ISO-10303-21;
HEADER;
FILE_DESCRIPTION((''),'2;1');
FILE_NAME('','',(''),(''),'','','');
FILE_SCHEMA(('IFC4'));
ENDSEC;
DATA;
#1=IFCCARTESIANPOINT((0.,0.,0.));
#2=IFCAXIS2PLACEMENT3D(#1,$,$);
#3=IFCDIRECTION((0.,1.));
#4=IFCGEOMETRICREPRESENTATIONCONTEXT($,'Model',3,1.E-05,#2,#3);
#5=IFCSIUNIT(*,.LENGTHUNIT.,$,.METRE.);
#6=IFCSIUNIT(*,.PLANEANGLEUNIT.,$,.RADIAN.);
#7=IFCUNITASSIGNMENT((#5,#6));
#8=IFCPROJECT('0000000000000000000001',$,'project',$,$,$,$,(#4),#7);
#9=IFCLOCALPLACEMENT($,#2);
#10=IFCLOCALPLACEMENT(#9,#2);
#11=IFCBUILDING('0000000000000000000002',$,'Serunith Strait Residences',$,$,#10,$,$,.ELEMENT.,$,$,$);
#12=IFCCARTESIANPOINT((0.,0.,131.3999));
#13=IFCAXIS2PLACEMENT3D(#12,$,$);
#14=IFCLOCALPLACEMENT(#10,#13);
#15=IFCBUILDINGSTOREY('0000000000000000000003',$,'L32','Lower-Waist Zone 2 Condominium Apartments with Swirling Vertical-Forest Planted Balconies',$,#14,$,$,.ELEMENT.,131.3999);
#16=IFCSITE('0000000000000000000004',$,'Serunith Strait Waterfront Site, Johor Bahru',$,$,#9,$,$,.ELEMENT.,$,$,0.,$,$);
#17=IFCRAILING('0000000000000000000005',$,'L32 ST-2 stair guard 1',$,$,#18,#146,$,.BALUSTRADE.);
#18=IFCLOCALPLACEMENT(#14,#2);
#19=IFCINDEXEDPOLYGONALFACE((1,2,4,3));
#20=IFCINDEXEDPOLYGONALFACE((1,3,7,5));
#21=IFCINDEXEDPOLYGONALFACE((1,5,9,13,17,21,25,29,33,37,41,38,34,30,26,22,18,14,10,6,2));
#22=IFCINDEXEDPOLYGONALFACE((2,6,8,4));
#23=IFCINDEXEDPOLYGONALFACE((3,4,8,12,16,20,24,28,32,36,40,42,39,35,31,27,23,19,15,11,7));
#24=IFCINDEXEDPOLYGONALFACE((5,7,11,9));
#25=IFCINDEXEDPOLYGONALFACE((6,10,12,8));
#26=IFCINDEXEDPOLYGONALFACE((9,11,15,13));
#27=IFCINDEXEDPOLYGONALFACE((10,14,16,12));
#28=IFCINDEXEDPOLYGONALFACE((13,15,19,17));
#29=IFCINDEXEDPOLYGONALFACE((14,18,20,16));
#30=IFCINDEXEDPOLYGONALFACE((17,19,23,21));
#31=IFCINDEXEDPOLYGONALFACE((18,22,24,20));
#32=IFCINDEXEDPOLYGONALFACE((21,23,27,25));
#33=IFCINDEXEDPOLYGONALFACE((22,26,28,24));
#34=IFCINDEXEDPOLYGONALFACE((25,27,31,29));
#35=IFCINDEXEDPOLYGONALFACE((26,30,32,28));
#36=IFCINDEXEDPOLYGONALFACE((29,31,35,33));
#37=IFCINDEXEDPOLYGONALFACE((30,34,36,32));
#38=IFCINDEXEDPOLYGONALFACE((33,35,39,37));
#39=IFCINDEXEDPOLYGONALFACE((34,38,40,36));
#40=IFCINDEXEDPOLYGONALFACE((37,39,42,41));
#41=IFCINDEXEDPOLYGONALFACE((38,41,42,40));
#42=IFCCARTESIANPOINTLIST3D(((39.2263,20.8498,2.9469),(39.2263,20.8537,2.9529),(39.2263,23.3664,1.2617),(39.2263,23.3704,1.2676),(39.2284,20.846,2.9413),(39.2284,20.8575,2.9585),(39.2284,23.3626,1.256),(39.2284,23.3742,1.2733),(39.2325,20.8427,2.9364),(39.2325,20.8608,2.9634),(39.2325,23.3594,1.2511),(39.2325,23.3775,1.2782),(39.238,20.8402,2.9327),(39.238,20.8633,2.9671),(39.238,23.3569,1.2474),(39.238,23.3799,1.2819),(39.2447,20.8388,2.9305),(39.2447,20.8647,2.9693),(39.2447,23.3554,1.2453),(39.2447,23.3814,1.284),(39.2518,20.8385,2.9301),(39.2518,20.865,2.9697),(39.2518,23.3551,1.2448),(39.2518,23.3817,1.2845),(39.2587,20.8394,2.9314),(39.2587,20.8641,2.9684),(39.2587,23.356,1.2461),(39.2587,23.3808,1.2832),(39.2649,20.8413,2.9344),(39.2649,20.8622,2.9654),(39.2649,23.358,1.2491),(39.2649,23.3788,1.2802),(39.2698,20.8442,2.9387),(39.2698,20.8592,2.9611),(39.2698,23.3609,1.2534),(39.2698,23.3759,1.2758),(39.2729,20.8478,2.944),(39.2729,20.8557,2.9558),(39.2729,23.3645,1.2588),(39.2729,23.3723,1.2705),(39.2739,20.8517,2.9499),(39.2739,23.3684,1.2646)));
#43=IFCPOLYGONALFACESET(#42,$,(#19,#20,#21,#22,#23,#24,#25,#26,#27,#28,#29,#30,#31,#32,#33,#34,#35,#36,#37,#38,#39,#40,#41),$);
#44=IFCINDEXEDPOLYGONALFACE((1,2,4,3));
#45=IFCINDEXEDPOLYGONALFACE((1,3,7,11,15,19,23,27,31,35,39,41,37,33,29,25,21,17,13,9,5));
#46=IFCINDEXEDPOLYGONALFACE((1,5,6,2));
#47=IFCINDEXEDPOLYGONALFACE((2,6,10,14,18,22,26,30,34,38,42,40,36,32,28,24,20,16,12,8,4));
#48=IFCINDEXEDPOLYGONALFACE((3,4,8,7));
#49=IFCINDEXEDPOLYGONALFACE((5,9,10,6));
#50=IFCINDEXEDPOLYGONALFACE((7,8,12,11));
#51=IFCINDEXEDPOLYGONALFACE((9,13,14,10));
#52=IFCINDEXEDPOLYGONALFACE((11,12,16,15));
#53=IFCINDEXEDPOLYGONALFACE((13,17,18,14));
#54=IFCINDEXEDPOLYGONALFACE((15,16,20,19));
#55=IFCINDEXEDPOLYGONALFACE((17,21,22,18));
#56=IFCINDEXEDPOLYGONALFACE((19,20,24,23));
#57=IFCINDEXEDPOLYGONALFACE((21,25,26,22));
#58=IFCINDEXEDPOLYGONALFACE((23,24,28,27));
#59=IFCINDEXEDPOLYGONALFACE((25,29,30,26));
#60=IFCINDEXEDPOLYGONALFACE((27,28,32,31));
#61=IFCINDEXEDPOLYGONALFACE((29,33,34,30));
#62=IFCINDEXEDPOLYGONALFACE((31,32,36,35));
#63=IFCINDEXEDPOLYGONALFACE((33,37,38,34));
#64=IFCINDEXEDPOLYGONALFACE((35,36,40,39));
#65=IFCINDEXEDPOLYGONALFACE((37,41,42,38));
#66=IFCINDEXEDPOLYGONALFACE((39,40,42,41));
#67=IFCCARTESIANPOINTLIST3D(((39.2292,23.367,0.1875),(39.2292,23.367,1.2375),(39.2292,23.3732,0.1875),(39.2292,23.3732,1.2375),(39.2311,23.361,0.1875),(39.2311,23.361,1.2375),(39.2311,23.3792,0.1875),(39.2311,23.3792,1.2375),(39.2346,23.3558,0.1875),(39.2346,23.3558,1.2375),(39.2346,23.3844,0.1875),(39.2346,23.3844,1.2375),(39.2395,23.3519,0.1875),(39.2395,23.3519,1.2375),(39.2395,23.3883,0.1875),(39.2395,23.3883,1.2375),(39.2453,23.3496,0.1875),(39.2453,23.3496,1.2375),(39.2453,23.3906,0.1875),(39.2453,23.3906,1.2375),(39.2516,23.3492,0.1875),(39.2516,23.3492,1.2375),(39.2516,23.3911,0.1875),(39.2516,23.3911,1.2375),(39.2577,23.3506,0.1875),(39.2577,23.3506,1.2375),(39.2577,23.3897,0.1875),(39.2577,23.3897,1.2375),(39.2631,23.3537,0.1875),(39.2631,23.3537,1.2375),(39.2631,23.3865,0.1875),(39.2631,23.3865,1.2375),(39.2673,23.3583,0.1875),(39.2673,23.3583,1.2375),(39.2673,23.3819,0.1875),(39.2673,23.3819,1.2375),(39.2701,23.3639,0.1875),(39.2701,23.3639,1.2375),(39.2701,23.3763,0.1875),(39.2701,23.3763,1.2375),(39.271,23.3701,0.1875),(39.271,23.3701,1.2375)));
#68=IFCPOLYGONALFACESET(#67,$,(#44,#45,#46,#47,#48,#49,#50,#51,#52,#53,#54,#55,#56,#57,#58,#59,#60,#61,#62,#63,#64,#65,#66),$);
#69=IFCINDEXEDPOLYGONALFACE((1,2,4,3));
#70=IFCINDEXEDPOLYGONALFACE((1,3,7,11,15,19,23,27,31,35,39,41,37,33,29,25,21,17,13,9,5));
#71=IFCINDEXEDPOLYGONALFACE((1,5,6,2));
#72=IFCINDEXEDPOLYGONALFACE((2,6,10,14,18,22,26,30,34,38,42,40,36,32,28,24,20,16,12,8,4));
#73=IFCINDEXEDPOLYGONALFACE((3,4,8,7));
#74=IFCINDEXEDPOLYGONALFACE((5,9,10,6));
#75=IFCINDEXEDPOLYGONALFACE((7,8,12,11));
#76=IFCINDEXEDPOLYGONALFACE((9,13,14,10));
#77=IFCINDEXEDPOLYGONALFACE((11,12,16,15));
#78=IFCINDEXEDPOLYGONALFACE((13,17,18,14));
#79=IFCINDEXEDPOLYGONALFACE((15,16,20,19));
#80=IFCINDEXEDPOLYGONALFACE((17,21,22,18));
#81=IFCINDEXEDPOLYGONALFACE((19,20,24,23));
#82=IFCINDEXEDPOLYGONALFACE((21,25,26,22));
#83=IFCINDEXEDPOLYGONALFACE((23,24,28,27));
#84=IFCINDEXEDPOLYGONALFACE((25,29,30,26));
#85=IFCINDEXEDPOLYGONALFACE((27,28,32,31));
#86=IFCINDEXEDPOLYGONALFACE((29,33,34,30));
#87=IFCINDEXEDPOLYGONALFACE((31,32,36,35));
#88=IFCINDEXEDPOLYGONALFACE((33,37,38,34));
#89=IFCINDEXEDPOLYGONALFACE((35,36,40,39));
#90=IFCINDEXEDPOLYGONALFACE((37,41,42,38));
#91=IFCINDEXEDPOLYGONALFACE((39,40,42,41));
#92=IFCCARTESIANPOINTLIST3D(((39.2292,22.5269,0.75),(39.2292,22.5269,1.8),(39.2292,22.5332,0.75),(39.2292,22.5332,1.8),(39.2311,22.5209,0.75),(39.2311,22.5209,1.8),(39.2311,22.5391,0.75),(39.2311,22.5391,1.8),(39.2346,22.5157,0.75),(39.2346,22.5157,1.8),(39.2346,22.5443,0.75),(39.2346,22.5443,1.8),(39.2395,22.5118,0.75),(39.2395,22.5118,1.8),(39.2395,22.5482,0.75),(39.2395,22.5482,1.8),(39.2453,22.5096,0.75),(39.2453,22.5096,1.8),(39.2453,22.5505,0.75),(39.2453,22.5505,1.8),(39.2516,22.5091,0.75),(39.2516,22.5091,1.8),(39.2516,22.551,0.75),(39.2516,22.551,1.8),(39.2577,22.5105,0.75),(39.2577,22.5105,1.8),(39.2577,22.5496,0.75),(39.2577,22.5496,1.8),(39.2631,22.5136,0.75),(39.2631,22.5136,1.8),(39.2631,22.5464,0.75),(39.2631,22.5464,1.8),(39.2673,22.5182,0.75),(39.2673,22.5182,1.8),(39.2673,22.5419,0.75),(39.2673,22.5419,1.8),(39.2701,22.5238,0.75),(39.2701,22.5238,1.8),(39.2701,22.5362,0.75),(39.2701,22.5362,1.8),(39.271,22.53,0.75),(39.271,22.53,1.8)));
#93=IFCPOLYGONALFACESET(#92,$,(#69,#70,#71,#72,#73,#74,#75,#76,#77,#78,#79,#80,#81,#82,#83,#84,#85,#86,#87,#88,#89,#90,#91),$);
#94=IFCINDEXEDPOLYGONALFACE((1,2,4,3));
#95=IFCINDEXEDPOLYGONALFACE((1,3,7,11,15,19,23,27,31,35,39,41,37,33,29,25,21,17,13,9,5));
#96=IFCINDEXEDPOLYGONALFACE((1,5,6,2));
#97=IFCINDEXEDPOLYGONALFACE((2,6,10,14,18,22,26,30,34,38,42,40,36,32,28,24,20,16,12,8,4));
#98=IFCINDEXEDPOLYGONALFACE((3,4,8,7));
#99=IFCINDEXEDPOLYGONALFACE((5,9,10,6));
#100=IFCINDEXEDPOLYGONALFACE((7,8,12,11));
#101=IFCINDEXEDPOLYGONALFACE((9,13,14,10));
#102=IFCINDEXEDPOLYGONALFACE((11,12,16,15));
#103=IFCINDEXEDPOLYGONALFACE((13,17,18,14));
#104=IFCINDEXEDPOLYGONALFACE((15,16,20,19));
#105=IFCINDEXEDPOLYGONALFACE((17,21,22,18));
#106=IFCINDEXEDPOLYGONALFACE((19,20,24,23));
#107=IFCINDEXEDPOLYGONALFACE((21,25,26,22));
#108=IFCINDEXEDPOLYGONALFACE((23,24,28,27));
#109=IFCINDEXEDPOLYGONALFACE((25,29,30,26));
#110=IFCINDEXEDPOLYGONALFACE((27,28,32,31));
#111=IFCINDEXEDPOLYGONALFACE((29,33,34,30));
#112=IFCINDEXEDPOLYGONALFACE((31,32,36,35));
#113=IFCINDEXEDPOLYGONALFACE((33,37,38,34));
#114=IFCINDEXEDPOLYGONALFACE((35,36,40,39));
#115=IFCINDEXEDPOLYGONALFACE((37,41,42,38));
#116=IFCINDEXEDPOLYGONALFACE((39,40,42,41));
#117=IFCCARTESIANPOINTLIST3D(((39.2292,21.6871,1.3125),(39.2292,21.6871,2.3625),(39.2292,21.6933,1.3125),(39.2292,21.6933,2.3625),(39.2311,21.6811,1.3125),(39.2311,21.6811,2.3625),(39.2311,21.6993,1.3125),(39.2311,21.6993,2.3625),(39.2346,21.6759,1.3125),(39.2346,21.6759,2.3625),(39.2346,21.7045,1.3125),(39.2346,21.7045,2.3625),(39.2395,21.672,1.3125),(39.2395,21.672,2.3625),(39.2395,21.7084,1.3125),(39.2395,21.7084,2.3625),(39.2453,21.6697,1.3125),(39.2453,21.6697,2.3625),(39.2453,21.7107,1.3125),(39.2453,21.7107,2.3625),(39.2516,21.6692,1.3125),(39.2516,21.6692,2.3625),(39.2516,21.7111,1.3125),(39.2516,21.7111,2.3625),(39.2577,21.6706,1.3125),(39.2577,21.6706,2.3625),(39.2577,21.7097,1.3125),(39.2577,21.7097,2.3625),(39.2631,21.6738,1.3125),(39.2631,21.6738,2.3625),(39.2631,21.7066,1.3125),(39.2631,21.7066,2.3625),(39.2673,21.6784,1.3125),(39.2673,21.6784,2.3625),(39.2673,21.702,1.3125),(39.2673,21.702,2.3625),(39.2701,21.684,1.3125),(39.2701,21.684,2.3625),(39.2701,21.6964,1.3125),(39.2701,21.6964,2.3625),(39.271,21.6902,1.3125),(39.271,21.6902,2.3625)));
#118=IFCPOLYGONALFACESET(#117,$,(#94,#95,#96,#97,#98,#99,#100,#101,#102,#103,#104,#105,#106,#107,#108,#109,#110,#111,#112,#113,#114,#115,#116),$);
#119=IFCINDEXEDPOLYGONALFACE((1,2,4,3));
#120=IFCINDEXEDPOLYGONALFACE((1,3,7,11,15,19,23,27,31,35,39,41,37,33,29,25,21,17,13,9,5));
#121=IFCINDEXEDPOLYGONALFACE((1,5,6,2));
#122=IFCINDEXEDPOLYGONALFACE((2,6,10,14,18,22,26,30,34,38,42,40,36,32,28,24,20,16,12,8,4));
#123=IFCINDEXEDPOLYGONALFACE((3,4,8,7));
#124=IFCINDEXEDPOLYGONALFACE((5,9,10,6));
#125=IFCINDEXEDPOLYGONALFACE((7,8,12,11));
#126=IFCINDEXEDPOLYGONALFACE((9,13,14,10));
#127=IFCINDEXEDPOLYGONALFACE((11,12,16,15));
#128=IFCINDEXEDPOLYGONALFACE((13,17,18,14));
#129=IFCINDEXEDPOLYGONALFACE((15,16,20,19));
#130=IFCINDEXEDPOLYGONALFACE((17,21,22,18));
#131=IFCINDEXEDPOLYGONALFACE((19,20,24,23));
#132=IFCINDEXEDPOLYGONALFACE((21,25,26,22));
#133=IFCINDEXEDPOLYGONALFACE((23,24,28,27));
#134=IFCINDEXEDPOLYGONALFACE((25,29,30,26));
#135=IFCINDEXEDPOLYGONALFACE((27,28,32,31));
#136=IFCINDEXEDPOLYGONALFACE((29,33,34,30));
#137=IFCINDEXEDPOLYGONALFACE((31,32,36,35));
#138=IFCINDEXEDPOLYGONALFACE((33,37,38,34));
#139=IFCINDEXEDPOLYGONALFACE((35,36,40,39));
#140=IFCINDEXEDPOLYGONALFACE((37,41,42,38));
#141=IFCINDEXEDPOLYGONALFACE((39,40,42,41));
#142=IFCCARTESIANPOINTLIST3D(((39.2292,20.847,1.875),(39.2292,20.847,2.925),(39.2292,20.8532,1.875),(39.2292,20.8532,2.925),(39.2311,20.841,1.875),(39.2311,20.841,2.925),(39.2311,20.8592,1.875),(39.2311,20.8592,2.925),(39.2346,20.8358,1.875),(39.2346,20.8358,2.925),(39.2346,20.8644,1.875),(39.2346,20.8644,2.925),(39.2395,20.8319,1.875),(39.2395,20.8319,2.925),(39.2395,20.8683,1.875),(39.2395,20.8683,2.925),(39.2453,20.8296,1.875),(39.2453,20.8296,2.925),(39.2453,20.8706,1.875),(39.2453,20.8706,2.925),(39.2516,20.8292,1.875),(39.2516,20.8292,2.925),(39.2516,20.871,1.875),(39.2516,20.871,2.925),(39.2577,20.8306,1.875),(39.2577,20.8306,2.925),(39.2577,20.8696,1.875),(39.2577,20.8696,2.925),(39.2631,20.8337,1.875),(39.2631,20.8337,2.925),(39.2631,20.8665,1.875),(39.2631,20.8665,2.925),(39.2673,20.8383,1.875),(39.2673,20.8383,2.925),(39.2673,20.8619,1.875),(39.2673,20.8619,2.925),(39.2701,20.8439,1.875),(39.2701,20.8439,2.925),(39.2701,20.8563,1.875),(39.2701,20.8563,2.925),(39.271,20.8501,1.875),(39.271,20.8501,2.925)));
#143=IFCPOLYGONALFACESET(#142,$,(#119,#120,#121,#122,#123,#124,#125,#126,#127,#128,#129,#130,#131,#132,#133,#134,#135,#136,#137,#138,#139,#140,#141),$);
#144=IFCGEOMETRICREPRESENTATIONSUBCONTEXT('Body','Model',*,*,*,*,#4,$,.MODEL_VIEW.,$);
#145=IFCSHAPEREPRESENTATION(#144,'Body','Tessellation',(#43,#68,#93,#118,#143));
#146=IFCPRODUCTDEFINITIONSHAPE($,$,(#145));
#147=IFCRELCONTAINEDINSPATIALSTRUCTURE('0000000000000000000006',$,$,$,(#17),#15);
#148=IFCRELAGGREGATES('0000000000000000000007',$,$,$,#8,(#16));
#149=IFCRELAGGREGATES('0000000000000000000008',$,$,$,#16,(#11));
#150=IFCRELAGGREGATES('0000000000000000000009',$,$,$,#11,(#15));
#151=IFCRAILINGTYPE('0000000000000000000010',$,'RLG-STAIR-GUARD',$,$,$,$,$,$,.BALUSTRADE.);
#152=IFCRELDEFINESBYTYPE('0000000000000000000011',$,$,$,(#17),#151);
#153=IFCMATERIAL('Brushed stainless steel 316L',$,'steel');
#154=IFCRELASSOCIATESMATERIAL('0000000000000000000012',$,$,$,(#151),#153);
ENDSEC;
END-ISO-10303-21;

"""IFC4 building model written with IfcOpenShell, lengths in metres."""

from ifc_helpers import new_model, si_unit, direction, frame, origin, origin_2d, place, context, subcontext, project, spatial, circle, extrude, material, type_object, element, save


model = new_model("IFC4")

# Units and contexts
model_context = context("Model", 3, precision=1e-05, world=origin(), true_north=direction((0.0, 1.0)))
body_context = subcontext(model_context, "Body", "Model", "MODEL_VIEW")
ifc_project = project(units=[si_unit("LENGTHUNIT", "METRE"), si_unit("PLANEANGLEUNIT", "RADIAN")], contexts=[model_context])

# Site, building, storey
site_placement = place(None, origin())
site = spatial("IfcSite", under=ifc_project, at=site_placement, Name="Serunith Strait Waterfront Site, Johor Bahru", CompositionType="ELEMENT", RefElevation=0.0)
building_placement = place(site_placement, origin())
building = spatial("IfcBuilding", under=site, at=building_placement, Name="Serunith Strait Residences", CompositionType="ELEMENT")
storey_placement = place(building_placement, frame((0.0, 0.0, 131.3999)))
storey = spatial("IfcBuildingStorey", under=building, at=storey_placement, Name="L32", Description="Lower-Waist Zone 2 Condominium Apartments with Swirling Vertical-Forest Planted Balconies", CompositionType="ELEMENT", Elevation=131.3999)

# Railing
ifc_material_1 = material(Name="Brushed stainless steel 316L", Category="steel")
railing_type_1 = type_object("IfcRailingType", Name="RLG-STAIR-GUARD", PredefinedType="BALUSTRADE", material=ifc_material_1)
railing_1_placement = place(storey_placement, frame((39.25, 23.3701, 0.1875)))
element("IfcRailing", 1, at=railing_1_placement, inside=storey, type_object=railing_type_1, Name="L32 ST-2 stair guard 1", PredefinedType="BALUSTRADE", context=body_context, shape_type="SweptSolid", body=[
    extrude(circle(Radius=0.0239, at=origin_2d()), frame((0.0, -0.0017, 1.0771), z_axis=(0.0, -0.830909, 0.556408), x_axis=(1.0, 0.0, 0.0)), (0.0, 0.0, 1.0), 3.0288),
    extrude(circle(Radius=0.021, at=origin_2d()), origin(), (0.0, 0.0, 1.0), 1.05),
    extrude(circle(Radius=0.021, at=origin_2d()), frame((0.0, -0.8401, 0.5625)), (0.0, 0.0, 1.0), 1.05),
    extrude(circle(Radius=0.021, at=origin_2d()), frame((0.0, -1.6799, 1.125)), (0.0, 0.0, 1.0), 1.05),
    extrude(circle(Radius=0.021, at=origin_2d()), frame((0.0, -2.52, 1.6875)), (0.0, 0.0, 1.0), 1.05),
])

save(model, "model.ifc")
